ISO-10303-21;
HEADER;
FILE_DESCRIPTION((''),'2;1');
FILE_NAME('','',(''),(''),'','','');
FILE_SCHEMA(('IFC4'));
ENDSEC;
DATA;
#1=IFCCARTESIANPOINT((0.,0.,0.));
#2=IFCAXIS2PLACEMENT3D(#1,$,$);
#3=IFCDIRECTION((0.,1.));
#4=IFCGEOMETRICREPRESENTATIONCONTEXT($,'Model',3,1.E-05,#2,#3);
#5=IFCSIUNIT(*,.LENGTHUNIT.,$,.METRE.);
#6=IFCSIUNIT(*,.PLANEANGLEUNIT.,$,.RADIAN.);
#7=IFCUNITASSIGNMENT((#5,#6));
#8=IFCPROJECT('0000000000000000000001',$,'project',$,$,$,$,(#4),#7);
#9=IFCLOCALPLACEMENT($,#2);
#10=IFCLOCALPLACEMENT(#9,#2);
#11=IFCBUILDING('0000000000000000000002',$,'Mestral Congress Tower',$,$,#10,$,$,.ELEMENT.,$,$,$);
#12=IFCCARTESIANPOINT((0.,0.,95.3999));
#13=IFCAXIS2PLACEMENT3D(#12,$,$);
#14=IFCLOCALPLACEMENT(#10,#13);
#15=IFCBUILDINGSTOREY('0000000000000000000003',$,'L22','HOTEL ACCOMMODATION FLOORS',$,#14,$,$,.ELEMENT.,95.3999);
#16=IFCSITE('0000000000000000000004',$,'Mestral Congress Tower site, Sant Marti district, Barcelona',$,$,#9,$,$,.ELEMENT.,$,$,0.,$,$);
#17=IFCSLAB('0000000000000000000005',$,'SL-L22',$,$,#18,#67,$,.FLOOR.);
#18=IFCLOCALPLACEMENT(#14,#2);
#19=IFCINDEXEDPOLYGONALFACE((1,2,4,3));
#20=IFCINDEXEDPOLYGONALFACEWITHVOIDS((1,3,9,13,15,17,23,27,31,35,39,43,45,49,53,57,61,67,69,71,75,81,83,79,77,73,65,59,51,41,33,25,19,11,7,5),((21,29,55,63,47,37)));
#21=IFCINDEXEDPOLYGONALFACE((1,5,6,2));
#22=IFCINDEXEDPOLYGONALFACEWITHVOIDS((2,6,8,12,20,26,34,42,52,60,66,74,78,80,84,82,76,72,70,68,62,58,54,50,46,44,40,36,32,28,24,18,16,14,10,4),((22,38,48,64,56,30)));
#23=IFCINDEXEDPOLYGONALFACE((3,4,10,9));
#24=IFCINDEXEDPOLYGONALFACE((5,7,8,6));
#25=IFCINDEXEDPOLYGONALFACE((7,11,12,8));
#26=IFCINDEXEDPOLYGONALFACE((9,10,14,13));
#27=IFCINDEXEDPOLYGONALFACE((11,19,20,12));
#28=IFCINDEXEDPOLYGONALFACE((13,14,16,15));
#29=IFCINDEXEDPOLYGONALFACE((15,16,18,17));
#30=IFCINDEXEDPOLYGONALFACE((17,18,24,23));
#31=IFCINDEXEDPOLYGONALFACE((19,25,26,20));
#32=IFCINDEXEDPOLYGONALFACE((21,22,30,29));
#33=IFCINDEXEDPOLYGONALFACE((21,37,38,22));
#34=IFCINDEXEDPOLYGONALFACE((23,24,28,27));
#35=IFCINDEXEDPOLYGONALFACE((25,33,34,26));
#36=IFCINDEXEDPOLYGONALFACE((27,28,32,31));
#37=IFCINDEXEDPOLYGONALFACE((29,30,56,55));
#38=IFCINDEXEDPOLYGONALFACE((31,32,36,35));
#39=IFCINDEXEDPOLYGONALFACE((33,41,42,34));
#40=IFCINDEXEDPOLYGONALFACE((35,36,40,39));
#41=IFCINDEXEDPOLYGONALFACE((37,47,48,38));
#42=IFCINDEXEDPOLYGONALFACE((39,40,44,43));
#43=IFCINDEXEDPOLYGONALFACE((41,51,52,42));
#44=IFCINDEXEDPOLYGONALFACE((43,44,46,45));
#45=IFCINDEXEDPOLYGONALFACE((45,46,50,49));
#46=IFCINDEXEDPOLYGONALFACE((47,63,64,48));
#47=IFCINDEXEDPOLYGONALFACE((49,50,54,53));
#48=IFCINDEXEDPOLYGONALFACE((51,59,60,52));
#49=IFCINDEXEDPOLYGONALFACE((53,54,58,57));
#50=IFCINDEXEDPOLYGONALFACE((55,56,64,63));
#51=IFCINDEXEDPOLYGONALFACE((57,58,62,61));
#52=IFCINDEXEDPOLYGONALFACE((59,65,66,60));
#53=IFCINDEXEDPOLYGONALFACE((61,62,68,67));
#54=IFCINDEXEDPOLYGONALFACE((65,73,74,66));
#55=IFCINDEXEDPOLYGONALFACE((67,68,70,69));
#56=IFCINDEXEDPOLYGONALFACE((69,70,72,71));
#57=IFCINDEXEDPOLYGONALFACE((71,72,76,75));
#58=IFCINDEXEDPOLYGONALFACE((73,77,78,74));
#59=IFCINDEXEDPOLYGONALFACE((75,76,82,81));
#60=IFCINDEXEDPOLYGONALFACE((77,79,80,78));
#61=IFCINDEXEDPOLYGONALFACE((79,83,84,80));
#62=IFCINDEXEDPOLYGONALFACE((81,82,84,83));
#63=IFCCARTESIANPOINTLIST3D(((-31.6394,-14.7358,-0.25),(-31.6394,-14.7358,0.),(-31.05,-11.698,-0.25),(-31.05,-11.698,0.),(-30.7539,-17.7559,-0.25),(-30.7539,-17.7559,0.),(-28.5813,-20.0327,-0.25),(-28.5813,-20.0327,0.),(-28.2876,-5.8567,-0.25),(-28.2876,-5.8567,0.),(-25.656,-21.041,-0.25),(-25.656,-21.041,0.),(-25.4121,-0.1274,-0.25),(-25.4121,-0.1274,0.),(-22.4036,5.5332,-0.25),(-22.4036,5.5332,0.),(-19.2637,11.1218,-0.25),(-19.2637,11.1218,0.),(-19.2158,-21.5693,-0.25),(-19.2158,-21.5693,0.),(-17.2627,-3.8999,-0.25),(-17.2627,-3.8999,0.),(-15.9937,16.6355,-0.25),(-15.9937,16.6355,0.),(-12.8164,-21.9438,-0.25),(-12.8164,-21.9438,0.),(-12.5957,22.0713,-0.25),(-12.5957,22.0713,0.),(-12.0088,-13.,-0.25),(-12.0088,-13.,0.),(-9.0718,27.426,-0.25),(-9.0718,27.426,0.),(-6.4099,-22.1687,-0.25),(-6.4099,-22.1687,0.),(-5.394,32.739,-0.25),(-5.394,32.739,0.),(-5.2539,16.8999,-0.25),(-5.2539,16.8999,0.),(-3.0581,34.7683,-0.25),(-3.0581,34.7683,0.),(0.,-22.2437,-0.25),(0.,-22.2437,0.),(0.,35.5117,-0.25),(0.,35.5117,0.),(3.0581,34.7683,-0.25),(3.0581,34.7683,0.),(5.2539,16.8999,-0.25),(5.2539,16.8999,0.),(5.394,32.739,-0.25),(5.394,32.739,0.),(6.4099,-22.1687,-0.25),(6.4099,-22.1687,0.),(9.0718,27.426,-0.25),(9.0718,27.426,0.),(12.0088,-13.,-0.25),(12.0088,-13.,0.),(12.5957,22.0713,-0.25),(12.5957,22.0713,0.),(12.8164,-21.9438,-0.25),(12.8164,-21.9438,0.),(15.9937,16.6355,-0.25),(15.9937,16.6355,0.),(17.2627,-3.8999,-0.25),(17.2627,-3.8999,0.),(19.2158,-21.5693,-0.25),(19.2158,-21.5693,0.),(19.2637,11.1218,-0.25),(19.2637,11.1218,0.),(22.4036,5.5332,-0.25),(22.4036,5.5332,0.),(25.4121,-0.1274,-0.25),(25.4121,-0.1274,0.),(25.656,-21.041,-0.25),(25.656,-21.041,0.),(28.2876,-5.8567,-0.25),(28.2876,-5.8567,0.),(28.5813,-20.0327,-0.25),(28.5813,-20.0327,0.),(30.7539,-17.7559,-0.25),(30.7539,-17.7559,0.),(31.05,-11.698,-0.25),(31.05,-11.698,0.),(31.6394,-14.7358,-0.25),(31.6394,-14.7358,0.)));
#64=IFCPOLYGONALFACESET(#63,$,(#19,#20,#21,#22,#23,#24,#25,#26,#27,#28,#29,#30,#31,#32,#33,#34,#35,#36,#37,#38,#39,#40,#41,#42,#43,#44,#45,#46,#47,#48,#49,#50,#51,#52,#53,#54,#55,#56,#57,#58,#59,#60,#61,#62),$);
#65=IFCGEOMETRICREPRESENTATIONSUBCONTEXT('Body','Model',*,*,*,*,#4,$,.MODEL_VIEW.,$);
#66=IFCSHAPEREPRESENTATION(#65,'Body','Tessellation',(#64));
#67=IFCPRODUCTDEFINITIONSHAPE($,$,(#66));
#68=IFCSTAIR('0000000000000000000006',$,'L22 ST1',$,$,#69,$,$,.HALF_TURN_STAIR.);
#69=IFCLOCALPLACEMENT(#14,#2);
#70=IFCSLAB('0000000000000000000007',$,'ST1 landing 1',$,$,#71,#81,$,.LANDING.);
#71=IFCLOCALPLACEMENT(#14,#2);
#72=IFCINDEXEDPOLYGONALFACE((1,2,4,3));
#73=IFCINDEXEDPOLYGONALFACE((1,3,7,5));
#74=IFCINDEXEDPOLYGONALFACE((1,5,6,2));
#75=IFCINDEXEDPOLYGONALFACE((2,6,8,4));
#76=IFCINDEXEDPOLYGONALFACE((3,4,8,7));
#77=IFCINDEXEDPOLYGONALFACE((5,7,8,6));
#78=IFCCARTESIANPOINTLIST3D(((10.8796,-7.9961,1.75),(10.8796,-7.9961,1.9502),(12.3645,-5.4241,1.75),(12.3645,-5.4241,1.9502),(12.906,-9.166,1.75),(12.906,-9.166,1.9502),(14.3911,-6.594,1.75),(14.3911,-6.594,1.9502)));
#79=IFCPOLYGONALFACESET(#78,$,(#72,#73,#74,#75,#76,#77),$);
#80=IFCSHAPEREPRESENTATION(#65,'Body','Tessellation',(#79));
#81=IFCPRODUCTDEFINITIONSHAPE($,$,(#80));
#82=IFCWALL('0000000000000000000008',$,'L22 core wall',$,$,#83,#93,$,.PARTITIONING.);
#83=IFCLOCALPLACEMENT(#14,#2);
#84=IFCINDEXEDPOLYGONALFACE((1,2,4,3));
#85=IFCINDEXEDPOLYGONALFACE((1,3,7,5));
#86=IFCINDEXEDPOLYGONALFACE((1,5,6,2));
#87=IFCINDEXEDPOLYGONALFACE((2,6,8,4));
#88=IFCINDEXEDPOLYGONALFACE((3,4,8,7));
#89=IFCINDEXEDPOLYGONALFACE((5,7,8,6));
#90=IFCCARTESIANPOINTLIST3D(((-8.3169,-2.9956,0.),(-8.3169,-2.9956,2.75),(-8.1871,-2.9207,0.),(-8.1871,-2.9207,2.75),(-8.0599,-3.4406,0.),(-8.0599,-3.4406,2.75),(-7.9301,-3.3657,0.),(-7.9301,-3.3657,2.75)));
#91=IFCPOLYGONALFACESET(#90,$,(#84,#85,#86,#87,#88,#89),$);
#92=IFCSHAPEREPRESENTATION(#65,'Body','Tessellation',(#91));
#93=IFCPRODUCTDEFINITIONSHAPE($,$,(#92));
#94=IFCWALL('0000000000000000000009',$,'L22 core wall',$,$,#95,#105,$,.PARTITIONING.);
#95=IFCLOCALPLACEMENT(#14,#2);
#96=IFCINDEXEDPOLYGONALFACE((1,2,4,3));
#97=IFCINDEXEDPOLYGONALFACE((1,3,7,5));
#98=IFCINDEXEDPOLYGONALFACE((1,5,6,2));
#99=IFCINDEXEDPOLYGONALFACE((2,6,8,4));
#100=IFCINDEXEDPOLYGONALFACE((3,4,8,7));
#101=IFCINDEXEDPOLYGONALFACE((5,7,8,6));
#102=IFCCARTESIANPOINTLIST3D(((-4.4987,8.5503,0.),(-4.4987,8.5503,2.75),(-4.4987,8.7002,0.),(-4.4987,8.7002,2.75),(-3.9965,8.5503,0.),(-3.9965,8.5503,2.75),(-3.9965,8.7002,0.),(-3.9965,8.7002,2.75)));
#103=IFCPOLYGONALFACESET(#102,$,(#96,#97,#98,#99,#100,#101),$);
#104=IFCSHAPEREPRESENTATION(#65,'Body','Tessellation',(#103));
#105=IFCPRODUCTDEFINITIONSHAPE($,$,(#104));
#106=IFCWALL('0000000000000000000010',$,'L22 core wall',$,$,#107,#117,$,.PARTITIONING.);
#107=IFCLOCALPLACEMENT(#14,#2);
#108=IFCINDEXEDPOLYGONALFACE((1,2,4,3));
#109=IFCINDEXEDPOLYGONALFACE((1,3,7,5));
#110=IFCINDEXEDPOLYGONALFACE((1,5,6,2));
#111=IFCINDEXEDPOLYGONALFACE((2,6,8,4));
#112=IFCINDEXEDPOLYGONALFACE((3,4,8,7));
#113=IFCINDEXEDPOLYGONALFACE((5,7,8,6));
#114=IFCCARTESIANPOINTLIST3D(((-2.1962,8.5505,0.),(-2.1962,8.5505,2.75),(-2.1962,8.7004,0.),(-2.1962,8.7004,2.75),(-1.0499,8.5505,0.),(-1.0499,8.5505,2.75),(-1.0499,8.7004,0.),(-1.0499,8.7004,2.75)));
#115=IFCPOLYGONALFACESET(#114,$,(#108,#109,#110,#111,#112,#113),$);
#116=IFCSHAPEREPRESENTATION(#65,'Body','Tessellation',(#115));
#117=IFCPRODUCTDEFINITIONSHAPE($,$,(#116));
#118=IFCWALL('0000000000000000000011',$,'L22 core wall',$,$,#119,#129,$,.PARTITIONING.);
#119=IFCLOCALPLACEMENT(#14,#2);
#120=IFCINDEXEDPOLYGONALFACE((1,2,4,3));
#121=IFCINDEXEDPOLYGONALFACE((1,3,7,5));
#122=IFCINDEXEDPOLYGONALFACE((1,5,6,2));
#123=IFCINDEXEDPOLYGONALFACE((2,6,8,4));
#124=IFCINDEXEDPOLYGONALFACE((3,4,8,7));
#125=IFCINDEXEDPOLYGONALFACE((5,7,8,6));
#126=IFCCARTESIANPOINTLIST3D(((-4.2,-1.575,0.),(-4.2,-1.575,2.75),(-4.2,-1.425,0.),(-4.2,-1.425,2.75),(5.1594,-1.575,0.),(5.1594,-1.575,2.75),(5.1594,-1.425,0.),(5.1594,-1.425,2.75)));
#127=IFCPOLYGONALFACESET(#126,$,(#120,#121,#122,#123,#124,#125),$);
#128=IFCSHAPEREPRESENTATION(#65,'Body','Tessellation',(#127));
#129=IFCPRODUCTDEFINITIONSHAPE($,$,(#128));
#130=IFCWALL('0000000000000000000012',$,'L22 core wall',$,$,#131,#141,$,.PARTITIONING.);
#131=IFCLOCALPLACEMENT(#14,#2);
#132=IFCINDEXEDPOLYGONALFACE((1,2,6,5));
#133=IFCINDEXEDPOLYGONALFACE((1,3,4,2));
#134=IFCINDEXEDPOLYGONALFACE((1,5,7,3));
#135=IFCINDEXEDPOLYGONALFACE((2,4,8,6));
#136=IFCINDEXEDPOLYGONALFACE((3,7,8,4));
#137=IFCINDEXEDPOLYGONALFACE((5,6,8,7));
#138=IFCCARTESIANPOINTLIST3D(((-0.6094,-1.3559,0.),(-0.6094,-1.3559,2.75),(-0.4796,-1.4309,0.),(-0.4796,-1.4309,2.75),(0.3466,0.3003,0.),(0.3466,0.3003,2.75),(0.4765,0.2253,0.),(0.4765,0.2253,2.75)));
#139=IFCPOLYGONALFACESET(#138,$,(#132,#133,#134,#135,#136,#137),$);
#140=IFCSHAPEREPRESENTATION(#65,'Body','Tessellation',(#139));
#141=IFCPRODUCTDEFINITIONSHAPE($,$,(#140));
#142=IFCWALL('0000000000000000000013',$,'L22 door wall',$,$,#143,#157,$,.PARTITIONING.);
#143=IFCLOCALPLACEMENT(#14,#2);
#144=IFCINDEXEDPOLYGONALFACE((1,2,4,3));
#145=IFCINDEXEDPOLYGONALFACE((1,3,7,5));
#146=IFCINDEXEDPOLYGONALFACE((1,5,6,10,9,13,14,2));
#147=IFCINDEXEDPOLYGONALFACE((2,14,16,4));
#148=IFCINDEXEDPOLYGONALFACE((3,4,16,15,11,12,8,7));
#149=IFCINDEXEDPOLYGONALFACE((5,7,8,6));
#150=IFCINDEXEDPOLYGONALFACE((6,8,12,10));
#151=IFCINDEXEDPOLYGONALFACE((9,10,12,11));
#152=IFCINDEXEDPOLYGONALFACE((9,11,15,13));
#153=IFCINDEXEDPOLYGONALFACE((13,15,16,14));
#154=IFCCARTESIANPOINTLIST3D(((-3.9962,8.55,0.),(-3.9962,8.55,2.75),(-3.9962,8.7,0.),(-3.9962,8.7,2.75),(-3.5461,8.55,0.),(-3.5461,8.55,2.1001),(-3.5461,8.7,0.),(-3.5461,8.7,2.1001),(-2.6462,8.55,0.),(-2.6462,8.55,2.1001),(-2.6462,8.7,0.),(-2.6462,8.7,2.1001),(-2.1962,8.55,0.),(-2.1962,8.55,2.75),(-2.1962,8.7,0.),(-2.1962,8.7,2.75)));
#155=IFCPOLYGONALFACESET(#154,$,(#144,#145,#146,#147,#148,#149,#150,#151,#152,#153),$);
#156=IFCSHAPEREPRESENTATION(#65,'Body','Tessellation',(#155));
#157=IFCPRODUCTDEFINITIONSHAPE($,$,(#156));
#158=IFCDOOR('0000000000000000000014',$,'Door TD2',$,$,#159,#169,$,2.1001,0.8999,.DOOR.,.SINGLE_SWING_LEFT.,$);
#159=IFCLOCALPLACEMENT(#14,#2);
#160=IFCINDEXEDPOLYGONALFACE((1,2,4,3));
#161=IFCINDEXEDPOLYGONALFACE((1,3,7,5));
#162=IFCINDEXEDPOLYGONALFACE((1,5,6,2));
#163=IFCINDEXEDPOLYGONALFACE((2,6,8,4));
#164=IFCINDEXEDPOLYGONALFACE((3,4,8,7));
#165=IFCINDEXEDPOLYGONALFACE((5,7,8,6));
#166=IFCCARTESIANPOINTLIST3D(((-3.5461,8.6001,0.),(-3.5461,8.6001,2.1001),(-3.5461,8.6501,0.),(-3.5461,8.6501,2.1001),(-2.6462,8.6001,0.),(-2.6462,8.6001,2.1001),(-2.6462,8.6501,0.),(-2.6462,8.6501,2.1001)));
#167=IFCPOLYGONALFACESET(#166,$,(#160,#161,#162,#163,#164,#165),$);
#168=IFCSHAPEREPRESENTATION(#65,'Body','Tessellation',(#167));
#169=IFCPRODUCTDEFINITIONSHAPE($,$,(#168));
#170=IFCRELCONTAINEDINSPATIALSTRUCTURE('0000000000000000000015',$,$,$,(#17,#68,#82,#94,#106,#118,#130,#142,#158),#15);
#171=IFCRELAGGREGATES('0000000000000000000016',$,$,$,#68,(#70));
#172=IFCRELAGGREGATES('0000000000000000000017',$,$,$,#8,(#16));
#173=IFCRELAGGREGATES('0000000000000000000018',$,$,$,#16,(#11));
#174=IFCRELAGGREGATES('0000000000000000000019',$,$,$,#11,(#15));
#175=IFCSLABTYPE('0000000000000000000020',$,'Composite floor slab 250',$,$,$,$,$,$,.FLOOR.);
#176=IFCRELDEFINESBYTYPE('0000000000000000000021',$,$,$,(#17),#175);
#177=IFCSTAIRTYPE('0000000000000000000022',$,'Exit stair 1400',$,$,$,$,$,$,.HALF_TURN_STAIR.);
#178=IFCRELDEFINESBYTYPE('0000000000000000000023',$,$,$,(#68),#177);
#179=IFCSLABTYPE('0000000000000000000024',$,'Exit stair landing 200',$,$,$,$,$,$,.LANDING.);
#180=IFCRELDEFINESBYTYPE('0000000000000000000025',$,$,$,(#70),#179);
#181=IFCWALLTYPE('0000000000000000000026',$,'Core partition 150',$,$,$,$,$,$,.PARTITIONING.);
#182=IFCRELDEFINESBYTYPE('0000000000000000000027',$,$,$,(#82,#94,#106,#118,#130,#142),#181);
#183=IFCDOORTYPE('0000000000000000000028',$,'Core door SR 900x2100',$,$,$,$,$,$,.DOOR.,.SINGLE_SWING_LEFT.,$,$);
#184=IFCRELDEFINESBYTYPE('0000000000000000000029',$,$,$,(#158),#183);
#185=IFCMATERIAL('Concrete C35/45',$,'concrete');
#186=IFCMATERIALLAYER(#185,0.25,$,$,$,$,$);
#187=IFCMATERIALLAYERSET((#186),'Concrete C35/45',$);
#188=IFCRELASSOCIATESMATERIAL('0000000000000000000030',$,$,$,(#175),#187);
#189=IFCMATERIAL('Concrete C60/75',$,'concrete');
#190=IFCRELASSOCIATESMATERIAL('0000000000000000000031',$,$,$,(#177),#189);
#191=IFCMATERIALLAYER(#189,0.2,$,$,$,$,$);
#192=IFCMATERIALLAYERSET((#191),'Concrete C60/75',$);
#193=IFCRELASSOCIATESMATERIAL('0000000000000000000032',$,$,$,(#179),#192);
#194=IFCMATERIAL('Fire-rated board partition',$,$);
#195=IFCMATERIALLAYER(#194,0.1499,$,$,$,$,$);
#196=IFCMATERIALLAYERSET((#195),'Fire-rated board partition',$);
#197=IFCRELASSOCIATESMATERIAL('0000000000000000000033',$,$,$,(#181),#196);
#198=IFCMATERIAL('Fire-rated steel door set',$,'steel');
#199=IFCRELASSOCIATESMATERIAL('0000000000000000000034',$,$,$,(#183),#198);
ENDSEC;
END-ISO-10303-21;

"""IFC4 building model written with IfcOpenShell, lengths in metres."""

from ifc_helpers import new_model, si_unit, direction, frame, frame_2d, origin, place, context, subcontext, project, spatial, polyline, rectangle, outline, extrude, material, layer, layer_set, type_object, element, fill, aggregate, save


model = new_model("IFC4")

# Units and contexts
model_context = context("Model", 3, precision=1e-05, world=origin(), true_north=direction((0.0, 1.0)))
body_context = subcontext(model_context, "Body", "Model", "MODEL_VIEW")
ifc_project = project(units=[si_unit("LENGTHUNIT", "METRE"), si_unit("PLANEANGLEUNIT", "RADIAN")], contexts=[model_context])

# Site, building, storey
site_placement = place(None, origin())
site = spatial("IfcSite", under=ifc_project, at=site_placement, Name="Mestral Congress Tower site, Sant Marti district, Barcelona", CompositionType="ELEMENT", RefElevation=0.0)
building_placement = place(site_placement, origin())
building = spatial("IfcBuilding", under=site, at=building_placement, Name="Mestral Congress Tower", CompositionType="ELEMENT")
storey_placement = place(building_placement, frame((0.0, 0.0, 95.3999)))
storey = spatial("IfcBuildingStorey", under=building, at=storey_placement, Name="L22", Description="HOTEL ACCOMMODATION FLOORS", CompositionType="ELEMENT", Elevation=95.3999)

# Slab
ifc_material_1 = material(Name="Concrete C35/45", Category="concrete")
ifc_layer_1 = layer(ifc_material_1, 0.25)
ifc_layer_set_1 = layer_set([ifc_layer_1], Name="Concrete C35/45")
slab_type_1 = type_object("IfcSlabType", Name="Composite floor slab 250", PredefinedType="FLOOR", material=ifc_layer_set_1)
slab_1_placement = place(storey_placement, frame((0.0, 0.0, -0.25)))
element("IfcSlab", 1, at=slab_1_placement, inside=storey, type_object=slab_type_1, Name="SL-L22", PredefinedType="FLOOR", context=body_context, shape_type="SweptSolid", body=[
    extrude(outline(polyline([(-25.656, -21.041), (-28.5813, -20.0327), (-30.7539, -17.7559), (-31.6394, -14.7358), (-31.05, -11.698), (-28.2876, -5.8567), (-25.4121, -0.1274), (-22.4036, 5.5332), (-19.2637, 11.1218), (-15.9937, 16.6355), (-12.5957, 22.0713), (-9.0718, 27.426), (-5.394, 32.739), (-3.0581, 34.7683), (0.0, 35.5117), (3.0581, 34.7683), (5.394, 32.739), (9.0718, 27.426), (12.5957, 22.0713), (15.9937, 16.6355), (19.2637, 11.1218), (22.4036, 5.5332), (25.4121, -0.1274), (28.2876, -5.8567), (31.05, -11.698), (31.6394, -14.7358), (30.7539, -17.7559), (28.5813, -20.0327), (25.656, -21.041), (19.2158, -21.5693), (12.8164, -21.9438), (6.4099, -22.1687), (0.0, -22.2437), (-6.4099, -22.1687), (-12.8164, -21.9438), (-19.2158, -21.5693), (-25.656, -21.041)]), holes=[polyline([(-5.2539, 16.8999), (-17.2627, -3.8999), (-12.0088, -13.0), (12.0088, -13.0), (17.2627, -3.8999), (5.2539, 16.8999), (-5.2539, 16.8999)])]), origin(), (0.0, 0.0, 1.0), 0.25),
])

# Stair, slab
ifc_material_2 = material(Name="Concrete C60/75", Category="concrete")
stair_type = type_object("IfcStairType", Name="Exit stair 1400", PredefinedType="HALF_TURN_STAIR", material=ifc_material_2)
stair_placement = place(storey_placement, origin())
stair = element("IfcStair", 2, at=stair_placement, inside=storey, type_object=stair_type, Name="L22 ST1", PredefinedType="HALF_TURN_STAIR")
ifc_layer_2 = layer(ifc_material_2, 0.2)
ifc_layer_set_2 = layer_set([ifc_layer_2], Name="Concrete C60/75")
slab_type_2 = type_object("IfcSlabType", Name="Exit stair landing 200", PredefinedType="LANDING", material=ifc_layer_set_2)
slab_2_placement = place(storey_placement, frame((0.0, 0.0, 1.75)))
slab_2 = element("IfcSlab", 3, at=slab_2_placement, type_object=slab_type_2, Name="ST1 landing 1", PredefinedType="LANDING", context=body_context, shape_type="SweptSolid", body=[
    extrude(outline(polyline([(10.8796, -7.9961), (12.3645, -5.4241), (14.3911, -6.594), (12.906, -9.166), (10.8796, -7.9961)])), origin(), (0.0, 0.0, 1.0), 0.2002),
])
aggregate(stair, [slab_2])

# Walls
ifc_material_3 = material(Name="Fire-rated board partition")
ifc_layer_3 = layer(ifc_material_3, 0.1499)
ifc_layer_set_3 = layer_set([ifc_layer_3], Name="Fire-rated board partition")
wall_type_1 = type_object("IfcWallType", Name="Core partition 150", PredefinedType="PARTITIONING", material=ifc_layer_set_3)
wall_1_placement = place(storey_placement, frame((-8.252, -2.9583, 0.0), z_axis=(0.0, 0.0, 1.0), x_axis=(0.500175, -0.865925, 0.0)))
element("IfcWall", 4, at=wall_1_placement, inside=storey, type_object=wall_type_1, Name="L22 core wall", PredefinedType="PARTITIONING", context=body_context, shape_type="SweptSolid", body=[
    extrude(rectangle(XDim=0.5139, YDim=0.1499, at=frame_2d((0.2568, 0.0))), origin(), (0.0, 0.0, 1.0), 2.75),
])
wall_2_placement = place(storey_placement, frame((-3.9966, 8.6252, 0.0), z_axis=(0.0, 0.0, 1.0), x_axis=(-1.0, 0.0, 0.0)))
element("IfcWall", 5, at=wall_2_placement, inside=storey, type_object=wall_type_1, Name="L22 core wall", PredefinedType="PARTITIONING", context=body_context, shape_type="SweptSolid", body=[
    extrude(rectangle(XDim=0.5022, YDim=0.1499, at=frame_2d((0.251, 0.0))), origin(), (0.0, 0.0, 1.0), 2.75),
])
wall_3_placement = place(storey_placement, frame((-2.1963, 8.6255, 0.0), z_axis=(0.0, 0.0, 1.0), x_axis=(1.0, 0.0, 0.0)))
element("IfcWall", 6, at=wall_3_placement, inside=storey, type_object=wall_type_1, Name="L22 core wall", PredefinedType="PARTITIONING", context=body_context, shape_type="SweptSolid", body=[
    extrude(rectangle(XDim=1.1462, YDim=0.1499, at=frame_2d((0.5732, 0.0))), origin(), (0.0, 0.0, 1.0), 2.75),
])
wall_4_placement = place(storey_placement, frame((-4.2, -1.5, 0.0), z_axis=(0.0, 0.0, 1.0), x_axis=(1.0, 0.0, 0.0)))
element("IfcWall", 7, at=wall_4_placement, inside=storey, type_object=wall_type_1, Name="L22 core wall", PredefinedType="PARTITIONING", context=body_context, shape_type="SweptSolid", body=[
    extrude(rectangle(XDim=9.3594, YDim=0.1499, at=frame_2d((4.6797, 0.0))), origin(), (0.0, 0.0, 1.0), 2.75),
])
wall_5_placement = place(storey_placement, frame((-0.5444, -1.3933, 0.0), z_axis=(0.0, 0.0, 1.0), x_axis=(0.499929, 0.866067, 0.0)))
element("IfcWall", 8, at=wall_5_placement, inside=storey, type_object=wall_type_1, Name="L22 core wall", PredefinedType="PARTITIONING", context=body_context, shape_type="SweptSolid", body=[
    extrude(rectangle(XDim=1.9124, YDim=0.1499, at=frame_2d((0.9561, 0.0))), origin(), (0.0, 0.0, 1.0), 2.75),
])

# Wall, opening, door
wall_6_placement = place(storey_placement, frame((-2.1963, 8.625, 0.0), z_axis=(0.0, 0.0, 1.0), x_axis=(-1.0, 0.0, 0.0)))
wall_6 = element("IfcWall", 9, at=wall_6_placement, inside=storey, type_object=wall_type_1, Name="L22 door wall", PredefinedType="PARTITIONING", context=body_context, shape_type="SweptSolid", body=[
    extrude(rectangle(XDim=1.8, YDim=0.1499, at=frame_2d((0.8999, 0.0))), origin(), (0.0, 0.0, 1.0), 2.75),
])
opening_1_placement = place(wall_6_placement, frame((0.45, 0.0, 0.0)))
opening_1 = element("IfcOpeningElement", 10, at=opening_1_placement, cuts=wall_6, PredefinedType="OPENING", context=body_context, shape_type="SweptSolid", body=[
    extrude(rectangle(XDim=0.8999, YDim=2.1001, at=frame_2d((0.45, 1.05))), frame((0.0, 0.085, 0.0), z_axis=(0.0, -1.0, 0.0), x_axis=(1.0, 0.0, 0.0)), (0.0, 0.0, 1.0), 0.1699),
])
ifc_material_4 = material(Name="Fire-rated steel door set", Category="steel")
door_type_1 = type_object("IfcDoorType", Name="Core door SR 900x2100", OperationType="SINGLE_SWING_LEFT", PredefinedType="DOOR", material=ifc_material_4)
door_1_placement = place(opening_1_placement, origin())
door_1 = element("IfcDoor", 11, at=door_1_placement, inside=storey, type_object=door_type_1, Name="Door TD2", OperationType="SINGLE_SWING_LEFT", OverallHeight=2.1001, OverallWidth=0.8999, PredefinedType="DOOR", context=body_context, shape_type="SweptSolid", body=[
    extrude(rectangle(XDim=0.8999, YDim=2.1001, at=frame_2d((0.45, 1.05))), frame((0.0, 0.0249, 0.0), z_axis=(0.0, -1.0, 0.0), x_axis=(1.0, 0.0, 0.0)), (0.0, 0.0, 1.0), 0.05),
])
fill(opening_1, door_1)

save(model, "model.ifc")
